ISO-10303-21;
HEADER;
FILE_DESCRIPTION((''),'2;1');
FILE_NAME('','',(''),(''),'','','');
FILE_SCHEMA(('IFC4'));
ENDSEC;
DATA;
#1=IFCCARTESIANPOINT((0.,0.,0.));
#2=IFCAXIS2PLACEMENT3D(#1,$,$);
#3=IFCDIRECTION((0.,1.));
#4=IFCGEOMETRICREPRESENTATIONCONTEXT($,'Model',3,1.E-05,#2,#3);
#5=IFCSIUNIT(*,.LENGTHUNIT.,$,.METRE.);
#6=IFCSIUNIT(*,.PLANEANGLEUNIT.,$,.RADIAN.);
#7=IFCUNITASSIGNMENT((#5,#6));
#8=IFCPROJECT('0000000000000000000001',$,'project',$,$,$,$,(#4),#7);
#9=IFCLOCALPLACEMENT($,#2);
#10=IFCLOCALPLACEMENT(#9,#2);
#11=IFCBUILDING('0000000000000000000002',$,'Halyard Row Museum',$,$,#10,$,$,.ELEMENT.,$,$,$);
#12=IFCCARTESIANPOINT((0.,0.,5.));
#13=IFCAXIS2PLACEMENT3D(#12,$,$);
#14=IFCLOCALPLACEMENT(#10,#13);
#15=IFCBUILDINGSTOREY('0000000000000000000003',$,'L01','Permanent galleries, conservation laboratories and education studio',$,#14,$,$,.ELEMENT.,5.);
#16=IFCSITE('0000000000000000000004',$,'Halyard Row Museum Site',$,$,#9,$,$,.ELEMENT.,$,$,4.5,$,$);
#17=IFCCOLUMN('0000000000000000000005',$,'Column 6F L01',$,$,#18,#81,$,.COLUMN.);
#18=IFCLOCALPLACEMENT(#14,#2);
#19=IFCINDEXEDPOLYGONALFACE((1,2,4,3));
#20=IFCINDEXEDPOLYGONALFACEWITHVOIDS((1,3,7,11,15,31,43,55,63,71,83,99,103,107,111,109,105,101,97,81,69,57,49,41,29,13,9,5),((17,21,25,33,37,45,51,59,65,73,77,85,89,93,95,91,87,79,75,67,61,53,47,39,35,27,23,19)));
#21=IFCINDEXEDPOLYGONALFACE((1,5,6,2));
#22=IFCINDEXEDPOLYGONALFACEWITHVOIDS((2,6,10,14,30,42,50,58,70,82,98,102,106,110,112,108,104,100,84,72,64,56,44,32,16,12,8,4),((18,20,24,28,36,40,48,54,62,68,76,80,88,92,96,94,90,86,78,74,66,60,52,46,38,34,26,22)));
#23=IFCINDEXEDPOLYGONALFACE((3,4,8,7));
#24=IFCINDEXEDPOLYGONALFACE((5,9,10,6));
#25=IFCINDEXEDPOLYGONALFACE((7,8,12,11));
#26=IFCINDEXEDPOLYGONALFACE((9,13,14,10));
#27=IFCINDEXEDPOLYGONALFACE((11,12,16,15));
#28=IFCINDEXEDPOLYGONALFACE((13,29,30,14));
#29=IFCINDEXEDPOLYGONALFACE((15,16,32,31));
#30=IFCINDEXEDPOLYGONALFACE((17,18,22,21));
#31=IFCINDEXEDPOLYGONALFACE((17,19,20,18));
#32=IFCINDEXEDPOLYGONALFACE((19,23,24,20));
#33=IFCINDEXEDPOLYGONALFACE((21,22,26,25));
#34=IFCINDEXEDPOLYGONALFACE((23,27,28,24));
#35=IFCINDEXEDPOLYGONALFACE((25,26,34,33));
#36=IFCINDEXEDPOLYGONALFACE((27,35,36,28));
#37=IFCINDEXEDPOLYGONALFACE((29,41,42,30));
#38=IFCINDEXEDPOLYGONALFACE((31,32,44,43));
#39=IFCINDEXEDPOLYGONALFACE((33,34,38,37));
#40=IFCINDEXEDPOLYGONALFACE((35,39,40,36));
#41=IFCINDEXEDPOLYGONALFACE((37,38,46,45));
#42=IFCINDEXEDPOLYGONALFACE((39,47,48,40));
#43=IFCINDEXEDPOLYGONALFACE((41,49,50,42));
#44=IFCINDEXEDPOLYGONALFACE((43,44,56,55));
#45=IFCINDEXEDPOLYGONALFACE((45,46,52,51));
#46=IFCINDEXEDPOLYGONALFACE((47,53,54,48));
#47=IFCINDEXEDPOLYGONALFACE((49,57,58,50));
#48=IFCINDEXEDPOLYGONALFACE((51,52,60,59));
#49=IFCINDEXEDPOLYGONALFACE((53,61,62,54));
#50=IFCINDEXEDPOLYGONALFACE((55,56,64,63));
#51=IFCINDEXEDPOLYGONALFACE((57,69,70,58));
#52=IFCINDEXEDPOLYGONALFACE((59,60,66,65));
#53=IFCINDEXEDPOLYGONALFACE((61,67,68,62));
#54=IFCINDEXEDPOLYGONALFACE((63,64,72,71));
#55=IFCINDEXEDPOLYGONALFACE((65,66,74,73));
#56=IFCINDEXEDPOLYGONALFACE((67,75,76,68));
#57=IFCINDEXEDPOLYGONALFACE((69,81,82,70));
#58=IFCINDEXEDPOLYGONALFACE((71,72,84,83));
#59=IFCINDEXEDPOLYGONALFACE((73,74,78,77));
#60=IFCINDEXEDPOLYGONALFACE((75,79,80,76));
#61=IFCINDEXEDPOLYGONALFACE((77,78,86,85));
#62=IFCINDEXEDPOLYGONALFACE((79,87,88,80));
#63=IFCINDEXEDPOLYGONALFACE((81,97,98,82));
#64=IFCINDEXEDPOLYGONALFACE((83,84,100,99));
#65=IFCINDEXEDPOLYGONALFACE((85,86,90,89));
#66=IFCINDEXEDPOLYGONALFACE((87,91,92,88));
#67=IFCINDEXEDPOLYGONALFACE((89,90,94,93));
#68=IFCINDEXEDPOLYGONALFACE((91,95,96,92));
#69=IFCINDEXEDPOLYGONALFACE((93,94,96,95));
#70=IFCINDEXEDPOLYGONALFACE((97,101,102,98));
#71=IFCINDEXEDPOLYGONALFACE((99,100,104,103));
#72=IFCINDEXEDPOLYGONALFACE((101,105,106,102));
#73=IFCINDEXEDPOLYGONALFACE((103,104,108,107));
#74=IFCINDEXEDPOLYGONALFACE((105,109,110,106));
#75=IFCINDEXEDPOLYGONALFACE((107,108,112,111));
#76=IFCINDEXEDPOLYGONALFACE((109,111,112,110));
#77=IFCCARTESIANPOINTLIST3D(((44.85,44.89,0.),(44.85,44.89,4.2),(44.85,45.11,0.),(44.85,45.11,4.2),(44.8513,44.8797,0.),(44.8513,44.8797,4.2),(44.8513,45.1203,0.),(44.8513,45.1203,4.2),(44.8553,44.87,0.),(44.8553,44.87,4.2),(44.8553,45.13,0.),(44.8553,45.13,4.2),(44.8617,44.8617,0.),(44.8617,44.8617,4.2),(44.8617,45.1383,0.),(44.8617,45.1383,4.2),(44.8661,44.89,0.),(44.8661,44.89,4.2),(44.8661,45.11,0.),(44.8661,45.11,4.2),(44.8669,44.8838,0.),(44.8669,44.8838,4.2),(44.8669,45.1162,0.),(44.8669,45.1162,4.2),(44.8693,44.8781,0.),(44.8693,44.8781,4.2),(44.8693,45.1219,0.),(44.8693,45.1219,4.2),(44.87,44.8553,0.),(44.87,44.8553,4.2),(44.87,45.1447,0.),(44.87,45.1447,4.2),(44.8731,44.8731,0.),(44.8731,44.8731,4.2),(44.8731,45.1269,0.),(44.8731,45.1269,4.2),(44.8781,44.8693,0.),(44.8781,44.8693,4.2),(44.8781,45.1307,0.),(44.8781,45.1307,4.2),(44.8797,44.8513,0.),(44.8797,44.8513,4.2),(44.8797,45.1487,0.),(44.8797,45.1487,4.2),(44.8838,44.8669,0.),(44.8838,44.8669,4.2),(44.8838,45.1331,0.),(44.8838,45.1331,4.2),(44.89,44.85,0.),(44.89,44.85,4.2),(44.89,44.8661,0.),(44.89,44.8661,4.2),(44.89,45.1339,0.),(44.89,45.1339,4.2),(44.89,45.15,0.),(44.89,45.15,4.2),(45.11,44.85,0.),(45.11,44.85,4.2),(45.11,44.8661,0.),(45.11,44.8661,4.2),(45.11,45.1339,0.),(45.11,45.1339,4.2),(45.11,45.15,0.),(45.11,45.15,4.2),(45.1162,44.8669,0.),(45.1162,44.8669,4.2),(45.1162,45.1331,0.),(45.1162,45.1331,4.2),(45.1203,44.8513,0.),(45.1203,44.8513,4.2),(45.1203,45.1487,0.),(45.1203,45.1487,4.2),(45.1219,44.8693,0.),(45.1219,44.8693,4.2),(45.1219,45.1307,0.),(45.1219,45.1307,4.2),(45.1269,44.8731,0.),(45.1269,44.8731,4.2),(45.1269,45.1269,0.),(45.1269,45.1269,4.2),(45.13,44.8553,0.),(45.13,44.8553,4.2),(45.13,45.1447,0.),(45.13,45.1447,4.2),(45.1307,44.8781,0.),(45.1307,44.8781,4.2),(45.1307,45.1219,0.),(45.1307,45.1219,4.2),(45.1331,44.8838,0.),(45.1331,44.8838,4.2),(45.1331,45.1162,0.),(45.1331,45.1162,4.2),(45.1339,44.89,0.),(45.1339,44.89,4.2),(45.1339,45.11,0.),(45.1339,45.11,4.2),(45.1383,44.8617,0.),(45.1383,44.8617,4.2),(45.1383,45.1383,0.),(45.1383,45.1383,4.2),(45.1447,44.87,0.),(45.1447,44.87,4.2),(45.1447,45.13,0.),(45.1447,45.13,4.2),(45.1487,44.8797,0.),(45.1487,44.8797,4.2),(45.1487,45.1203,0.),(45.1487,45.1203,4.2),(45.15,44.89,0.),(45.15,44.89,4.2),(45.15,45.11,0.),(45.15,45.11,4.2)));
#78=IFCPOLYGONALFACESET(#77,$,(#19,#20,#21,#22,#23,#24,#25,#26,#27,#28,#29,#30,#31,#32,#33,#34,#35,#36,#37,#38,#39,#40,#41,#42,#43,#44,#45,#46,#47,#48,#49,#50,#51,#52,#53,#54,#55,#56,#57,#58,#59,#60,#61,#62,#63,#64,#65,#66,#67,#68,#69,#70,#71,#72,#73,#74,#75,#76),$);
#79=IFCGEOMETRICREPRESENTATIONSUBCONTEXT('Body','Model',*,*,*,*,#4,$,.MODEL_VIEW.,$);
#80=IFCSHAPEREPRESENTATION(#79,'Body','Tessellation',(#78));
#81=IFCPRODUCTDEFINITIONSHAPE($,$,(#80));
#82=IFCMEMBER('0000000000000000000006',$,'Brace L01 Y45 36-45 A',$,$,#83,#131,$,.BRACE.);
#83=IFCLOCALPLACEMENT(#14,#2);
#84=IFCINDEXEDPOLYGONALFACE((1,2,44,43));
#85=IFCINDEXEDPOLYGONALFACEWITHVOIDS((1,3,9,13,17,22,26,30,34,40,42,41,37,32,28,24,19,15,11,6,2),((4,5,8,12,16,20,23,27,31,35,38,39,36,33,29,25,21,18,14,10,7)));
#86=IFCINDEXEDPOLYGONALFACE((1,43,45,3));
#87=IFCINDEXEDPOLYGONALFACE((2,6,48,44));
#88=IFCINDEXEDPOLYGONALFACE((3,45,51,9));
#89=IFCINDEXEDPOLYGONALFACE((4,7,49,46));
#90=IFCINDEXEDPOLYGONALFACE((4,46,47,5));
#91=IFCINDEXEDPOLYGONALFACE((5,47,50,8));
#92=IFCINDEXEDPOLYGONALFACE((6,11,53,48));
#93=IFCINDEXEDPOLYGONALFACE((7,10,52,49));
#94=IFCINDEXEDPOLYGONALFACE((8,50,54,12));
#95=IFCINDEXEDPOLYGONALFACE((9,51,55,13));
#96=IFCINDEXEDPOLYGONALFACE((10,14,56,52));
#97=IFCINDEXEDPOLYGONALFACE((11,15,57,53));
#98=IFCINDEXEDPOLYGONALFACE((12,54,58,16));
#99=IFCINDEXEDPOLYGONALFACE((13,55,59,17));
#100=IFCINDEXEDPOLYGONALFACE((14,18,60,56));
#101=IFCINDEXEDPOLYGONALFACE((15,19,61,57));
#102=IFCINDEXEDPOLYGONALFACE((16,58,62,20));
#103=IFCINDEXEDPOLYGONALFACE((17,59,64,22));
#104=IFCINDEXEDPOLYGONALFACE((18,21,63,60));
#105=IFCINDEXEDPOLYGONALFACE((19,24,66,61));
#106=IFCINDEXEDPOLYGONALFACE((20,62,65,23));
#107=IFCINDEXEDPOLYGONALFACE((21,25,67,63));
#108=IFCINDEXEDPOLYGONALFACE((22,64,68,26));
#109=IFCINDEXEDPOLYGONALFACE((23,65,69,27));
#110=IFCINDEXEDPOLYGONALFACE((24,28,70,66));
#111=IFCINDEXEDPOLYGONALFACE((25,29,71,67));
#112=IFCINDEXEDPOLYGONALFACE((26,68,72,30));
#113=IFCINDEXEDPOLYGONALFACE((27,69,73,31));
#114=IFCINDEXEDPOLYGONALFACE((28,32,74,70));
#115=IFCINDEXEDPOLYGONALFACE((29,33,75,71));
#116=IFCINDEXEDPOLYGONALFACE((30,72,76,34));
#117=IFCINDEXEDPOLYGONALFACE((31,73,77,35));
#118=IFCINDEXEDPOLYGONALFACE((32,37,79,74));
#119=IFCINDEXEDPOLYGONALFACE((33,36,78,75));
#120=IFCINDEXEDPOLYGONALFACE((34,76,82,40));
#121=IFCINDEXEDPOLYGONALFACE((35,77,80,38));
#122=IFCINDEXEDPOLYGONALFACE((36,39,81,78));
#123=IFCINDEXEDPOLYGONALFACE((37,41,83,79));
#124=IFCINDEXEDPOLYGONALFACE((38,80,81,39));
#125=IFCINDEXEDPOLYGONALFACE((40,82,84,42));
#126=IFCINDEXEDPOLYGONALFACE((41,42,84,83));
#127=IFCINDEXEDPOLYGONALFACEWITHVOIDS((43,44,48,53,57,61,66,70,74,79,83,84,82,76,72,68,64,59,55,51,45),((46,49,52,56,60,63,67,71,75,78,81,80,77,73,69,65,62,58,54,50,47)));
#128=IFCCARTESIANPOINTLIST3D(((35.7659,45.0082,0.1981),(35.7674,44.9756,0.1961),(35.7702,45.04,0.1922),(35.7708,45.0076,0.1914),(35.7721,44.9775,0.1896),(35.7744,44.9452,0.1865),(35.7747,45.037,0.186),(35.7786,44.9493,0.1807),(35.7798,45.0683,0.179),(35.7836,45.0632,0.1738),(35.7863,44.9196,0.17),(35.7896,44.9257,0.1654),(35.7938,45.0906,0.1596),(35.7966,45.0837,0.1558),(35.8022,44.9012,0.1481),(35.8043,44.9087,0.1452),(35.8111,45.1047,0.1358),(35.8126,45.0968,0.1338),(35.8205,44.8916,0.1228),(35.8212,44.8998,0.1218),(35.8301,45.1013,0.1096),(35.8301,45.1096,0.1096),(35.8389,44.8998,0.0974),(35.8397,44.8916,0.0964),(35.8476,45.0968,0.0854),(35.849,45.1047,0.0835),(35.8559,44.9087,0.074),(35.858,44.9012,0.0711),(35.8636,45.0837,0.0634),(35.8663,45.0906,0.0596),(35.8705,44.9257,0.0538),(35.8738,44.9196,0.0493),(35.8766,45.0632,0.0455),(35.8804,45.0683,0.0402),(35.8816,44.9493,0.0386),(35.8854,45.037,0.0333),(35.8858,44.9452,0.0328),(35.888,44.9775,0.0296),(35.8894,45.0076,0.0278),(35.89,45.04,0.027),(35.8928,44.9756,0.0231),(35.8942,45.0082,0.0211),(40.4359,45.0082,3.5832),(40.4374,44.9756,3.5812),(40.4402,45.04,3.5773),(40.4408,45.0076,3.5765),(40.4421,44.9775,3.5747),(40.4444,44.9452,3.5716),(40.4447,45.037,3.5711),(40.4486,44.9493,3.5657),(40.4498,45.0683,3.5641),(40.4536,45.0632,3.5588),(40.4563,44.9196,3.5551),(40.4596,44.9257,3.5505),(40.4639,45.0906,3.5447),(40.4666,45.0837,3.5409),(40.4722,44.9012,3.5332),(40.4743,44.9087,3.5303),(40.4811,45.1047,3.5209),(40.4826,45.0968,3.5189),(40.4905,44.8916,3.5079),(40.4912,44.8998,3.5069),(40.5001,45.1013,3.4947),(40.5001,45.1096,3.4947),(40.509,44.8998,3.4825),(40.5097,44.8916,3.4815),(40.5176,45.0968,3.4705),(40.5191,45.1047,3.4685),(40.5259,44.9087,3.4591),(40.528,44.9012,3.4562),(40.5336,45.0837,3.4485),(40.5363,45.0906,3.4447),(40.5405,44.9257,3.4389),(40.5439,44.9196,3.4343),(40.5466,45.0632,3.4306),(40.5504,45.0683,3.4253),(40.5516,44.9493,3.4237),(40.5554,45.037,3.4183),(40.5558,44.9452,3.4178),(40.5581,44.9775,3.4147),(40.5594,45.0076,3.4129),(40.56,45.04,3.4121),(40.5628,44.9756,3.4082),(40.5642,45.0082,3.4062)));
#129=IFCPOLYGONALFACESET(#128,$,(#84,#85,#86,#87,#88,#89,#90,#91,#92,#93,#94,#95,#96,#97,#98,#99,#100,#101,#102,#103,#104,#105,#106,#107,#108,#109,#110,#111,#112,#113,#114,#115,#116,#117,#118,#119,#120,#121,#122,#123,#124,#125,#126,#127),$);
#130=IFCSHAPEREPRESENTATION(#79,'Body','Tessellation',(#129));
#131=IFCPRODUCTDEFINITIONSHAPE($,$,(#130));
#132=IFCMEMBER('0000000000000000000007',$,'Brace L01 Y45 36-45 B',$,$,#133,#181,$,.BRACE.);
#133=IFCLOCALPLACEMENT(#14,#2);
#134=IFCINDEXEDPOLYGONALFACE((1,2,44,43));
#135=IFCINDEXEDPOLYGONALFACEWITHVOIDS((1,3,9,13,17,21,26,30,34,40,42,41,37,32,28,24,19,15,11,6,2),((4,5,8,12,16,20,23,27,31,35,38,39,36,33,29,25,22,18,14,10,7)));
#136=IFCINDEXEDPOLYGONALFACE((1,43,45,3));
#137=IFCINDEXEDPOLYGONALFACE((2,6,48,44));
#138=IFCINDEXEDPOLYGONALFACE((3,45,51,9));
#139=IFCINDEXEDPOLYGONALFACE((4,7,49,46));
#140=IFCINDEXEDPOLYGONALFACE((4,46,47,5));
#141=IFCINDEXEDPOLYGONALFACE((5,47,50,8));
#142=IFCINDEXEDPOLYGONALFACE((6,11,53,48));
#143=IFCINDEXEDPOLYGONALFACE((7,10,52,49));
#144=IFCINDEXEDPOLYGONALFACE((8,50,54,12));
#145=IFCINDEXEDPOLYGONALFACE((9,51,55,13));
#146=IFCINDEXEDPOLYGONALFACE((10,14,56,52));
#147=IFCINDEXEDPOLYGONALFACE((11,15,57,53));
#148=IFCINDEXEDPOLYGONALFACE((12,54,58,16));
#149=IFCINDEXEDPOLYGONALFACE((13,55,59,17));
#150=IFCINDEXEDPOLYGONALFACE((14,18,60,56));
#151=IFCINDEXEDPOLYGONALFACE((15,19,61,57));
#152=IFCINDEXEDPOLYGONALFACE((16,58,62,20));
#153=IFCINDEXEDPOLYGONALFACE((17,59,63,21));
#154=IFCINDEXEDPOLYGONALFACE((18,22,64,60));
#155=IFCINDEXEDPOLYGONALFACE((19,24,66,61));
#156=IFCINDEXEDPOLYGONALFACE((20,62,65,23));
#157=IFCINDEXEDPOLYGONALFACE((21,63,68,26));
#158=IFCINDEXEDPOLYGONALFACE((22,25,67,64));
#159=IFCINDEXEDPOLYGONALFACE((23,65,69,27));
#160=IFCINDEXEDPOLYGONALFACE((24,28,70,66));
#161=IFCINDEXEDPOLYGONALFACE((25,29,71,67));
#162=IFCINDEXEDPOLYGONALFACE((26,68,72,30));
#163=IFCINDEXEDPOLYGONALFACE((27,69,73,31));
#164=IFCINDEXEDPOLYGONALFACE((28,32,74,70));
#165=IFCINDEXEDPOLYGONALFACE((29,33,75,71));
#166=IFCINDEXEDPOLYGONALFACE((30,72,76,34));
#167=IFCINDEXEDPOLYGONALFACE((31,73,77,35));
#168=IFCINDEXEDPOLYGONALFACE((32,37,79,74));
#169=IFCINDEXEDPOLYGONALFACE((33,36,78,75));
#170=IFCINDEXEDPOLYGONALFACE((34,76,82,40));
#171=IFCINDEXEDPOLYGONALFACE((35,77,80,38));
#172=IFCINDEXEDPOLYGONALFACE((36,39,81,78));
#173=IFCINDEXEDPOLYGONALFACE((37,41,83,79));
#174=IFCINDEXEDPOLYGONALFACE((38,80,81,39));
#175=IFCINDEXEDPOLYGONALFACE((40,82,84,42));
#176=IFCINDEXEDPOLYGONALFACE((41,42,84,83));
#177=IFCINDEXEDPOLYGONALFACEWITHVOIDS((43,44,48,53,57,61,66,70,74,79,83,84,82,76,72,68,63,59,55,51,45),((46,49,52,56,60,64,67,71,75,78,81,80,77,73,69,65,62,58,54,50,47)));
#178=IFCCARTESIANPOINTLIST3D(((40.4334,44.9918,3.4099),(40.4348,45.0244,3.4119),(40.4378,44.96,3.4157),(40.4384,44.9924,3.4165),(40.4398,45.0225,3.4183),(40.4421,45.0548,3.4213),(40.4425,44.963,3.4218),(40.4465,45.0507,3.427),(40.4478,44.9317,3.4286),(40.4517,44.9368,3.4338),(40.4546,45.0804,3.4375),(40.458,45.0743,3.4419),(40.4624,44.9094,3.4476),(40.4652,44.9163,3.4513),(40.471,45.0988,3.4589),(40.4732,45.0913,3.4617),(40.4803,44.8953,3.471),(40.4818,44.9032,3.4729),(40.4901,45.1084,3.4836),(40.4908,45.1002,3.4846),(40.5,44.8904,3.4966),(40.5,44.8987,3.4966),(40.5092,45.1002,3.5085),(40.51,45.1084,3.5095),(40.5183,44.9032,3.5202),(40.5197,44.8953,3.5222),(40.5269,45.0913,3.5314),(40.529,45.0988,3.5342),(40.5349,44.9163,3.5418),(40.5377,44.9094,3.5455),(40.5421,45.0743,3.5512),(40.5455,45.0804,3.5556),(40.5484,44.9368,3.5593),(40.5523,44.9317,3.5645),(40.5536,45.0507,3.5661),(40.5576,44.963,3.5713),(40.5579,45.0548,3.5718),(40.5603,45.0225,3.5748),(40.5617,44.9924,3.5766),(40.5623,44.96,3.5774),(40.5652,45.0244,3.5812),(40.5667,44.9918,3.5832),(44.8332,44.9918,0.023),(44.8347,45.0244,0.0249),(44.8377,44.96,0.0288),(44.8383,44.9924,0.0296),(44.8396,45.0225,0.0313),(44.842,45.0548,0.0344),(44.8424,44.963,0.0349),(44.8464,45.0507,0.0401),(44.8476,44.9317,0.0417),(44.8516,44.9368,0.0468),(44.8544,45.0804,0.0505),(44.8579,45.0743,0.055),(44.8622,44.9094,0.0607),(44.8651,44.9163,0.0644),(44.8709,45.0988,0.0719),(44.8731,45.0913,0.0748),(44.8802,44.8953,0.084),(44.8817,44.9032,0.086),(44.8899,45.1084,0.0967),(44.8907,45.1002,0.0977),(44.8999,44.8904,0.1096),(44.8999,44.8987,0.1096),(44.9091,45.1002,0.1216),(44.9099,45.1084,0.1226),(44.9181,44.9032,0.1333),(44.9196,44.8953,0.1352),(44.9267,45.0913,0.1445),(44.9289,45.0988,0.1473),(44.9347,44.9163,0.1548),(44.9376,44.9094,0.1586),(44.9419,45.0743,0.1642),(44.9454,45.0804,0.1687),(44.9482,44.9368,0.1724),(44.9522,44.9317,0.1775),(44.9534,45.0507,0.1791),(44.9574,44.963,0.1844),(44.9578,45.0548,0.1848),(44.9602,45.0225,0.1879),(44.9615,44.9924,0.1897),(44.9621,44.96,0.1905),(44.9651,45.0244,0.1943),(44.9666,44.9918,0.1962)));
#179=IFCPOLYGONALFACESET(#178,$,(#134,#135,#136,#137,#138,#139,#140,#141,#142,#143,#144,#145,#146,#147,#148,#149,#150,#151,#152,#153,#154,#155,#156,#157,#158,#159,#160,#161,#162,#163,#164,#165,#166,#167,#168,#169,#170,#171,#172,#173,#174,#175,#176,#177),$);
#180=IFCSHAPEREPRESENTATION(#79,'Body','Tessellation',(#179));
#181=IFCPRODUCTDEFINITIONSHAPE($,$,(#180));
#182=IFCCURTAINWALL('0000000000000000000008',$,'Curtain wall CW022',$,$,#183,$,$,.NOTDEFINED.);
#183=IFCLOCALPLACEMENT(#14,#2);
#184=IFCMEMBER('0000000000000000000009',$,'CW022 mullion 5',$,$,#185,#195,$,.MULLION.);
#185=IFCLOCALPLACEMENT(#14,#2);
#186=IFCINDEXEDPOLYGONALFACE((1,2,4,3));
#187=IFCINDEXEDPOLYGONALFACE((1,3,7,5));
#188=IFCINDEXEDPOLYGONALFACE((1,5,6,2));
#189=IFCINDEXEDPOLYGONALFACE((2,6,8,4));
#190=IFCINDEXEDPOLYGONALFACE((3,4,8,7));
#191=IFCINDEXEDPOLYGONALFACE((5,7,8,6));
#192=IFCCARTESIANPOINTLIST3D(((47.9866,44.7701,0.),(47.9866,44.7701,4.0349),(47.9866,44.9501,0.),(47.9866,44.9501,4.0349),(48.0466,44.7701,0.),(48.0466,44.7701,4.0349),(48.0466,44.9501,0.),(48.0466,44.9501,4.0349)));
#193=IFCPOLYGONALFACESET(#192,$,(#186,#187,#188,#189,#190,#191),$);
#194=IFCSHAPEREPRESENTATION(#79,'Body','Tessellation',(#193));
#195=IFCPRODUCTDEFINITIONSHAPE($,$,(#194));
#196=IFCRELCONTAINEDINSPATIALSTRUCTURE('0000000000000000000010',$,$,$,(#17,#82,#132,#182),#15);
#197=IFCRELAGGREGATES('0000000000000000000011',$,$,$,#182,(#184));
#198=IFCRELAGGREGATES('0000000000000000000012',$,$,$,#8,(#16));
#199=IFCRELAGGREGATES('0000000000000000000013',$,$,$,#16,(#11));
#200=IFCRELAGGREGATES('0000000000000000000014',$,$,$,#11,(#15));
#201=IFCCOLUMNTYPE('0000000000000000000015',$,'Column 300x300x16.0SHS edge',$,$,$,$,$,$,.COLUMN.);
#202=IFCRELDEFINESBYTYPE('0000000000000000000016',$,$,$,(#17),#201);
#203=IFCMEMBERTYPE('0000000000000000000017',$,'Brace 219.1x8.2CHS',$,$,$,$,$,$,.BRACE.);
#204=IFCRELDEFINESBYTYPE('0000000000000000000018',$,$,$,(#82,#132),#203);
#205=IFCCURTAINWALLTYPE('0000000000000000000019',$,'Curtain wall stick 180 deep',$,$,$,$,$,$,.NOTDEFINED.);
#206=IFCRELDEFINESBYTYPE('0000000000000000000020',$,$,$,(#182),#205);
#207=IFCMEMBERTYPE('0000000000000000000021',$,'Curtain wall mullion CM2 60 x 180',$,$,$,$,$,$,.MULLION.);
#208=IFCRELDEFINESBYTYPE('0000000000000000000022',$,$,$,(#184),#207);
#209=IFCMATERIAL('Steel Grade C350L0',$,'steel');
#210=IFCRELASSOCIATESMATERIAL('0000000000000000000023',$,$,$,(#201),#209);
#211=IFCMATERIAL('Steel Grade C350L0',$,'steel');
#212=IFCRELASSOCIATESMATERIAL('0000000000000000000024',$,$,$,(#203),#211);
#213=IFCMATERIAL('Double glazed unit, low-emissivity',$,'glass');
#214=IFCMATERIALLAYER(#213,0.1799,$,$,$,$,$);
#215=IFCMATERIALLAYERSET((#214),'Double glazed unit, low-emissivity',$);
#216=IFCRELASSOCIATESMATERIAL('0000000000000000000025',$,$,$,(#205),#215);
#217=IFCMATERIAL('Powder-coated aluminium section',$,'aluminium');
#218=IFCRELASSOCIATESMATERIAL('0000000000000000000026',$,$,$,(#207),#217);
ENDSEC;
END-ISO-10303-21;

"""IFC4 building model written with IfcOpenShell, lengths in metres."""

from ifc_helpers import new_model, si_unit, direction, frame, origin, origin_2d, place, context, subcontext, project, spatial, rectangle, hollow_rectangle, hollow_circle, extrude, material, layer, layer_set, material_profile, profile_set, type_object, element, aggregate, save


model = new_model("IFC4")

# Units and contexts
model_context = context("Model", 3, precision=1e-05, world=origin(), true_north=direction((0.0, 1.0)))
body_context = subcontext(model_context, "Body", "Model", "MODEL_VIEW")
ifc_project = project(units=[si_unit("LENGTHUNIT", "METRE"), si_unit("PLANEANGLEUNIT", "RADIAN")], contexts=[model_context])

# Site, building, storey
site_placement = place(None, origin())
site = spatial("IfcSite", under=ifc_project, at=site_placement, Name="Halyard Row Museum Site", CompositionType="ELEMENT", RefElevation=4.5)
building_placement = place(site_placement, origin())
building = spatial("IfcBuilding", under=site, at=building_placement, Name="Halyard Row Museum", CompositionType="ELEMENT")
storey_placement = place(building_placement, frame((0.0, 0.0, 5.0)))
storey = spatial("IfcBuildingStorey", under=building, at=storey_placement, Name="L01", Description="Permanent galleries, conservation laboratories and education studio", CompositionType="ELEMENT", Elevation=5.0)

# Column
ifc_material_1 = material(Name="Steel Grade C350L0", Category="steel")
ifc_material_profile_1 = material_profile(ifc_material_1, hollow_rectangle(XDim=0.3, YDim=0.3, WallThickness=0.0161, InnerFilletRadius=0.0239, OuterFilletRadius=0.04, at=origin_2d()), Name="300x300x16.0SHS")
ifc_profile_set_1 = profile_set([ifc_material_profile_1], Name="Steel Grade C350L0")
column_type = type_object("IfcColumnType", Name="Column 300x300x16.0SHS edge", PredefinedType="COLUMN", material=ifc_profile_set_1)
column_placement = place(storey_placement, frame((45.0, 45.0, 0.0), z_axis=(0.0, 0.0, 1.0), x_axis=(1.0, 0.0, 0.0)))
element("IfcColumn", 1, at=column_placement, inside=storey, type_object=column_type, Name="Column 6F L01", PredefinedType="COLUMN", context=body_context, shape_type="SweptSolid", body=[
    extrude(hollow_rectangle(XDim=0.3, YDim=0.3, WallThickness=0.0161, InnerFilletRadius=0.0239, OuterFilletRadius=0.04, at=origin_2d()), origin(), (0.0, 0.0, 1.0), 4.2),
])

# Members
ifc_material_2 = material(Name="Steel Grade C350L0", Category="steel")
ifc_material_profile_2 = material_profile(ifc_material_2, hollow_circle(Radius=0.1096, WallThickness=0.0083, at=origin_2d()), Name="219.1x8.2CHS")
ifc_profile_set_2 = profile_set([ifc_material_profile_2], Name="Steel Grade C350L0")
member_type_1 = type_object("IfcMemberType", Name="Brace 219.1x8.2CHS", PredefinedType="BRACE", material=ifc_profile_set_2)
member_1_placement = place(storey_placement, frame((35.8301, 45.0, 0.1096), z_axis=(0.809667, 0.0, 0.58689), x_axis=(0.0, 1.0, 0.0)))
element("IfcMember", 2, at=member_1_placement, inside=storey, type_object=member_type_1, Name="Brace L01 Y45 36-45 A", PredefinedType="BRACE", context=body_context, shape_type="SweptSolid", body=[
    extrude(hollow_circle(Radius=0.1096, WallThickness=0.0083, at=origin_2d()), origin(), (0.0, 0.0, 1.0), 5.7678),
])
member_2_placement = place(storey_placement, frame((44.8999, 45.0, 0.1096), z_axis=(-0.792413, 0.0, 0.609985), x_axis=(0.0, -1.0, 0.0)))
element("IfcMember", 3, at=member_2_placement, inside=storey, type_object=member_type_1, Name="Brace L01 Y45 36-45 B", PredefinedType="BRACE", context=body_context, shape_type="SweptSolid", body=[
    extrude(hollow_circle(Radius=0.1096, WallThickness=0.0083, at=origin_2d()), origin(), (0.0, 0.0, 1.0), 5.5525),
])

# Curtain wall, member
ifc_material_3 = material(Name="Double glazed unit, low-emissivity", Category="glass")
ifc_layer_1 = layer(ifc_material_3, 0.1799)
ifc_layer_set_1 = layer_set([ifc_layer_1], Name="Double glazed unit, low-emissivity")
curtain_wall_type = type_object("IfcCurtainWallType", Name="Curtain wall stick 180 deep", PredefinedType="NOTDEFINED", material=ifc_layer_set_1)
curtain_wall_placement = place(storey_placement, origin())
curtain_wall = element("IfcCurtainWall", 4, at=curtain_wall_placement, inside=storey, type_object=curtain_wall_type, Name="Curtain wall CW022", PredefinedType="NOTDEFINED")
ifc_material_4 = material(Name="Powder-coated aluminium section", Category="aluminium")
ifc_material_profile_3 = material_profile(ifc_material_4, rectangle(XDim=0.1799, YDim=0.0601, at=origin_2d()), Name="180x60 mullion")
ifc_profile_set_3 = profile_set([ifc_material_profile_3], Name="Powder-coated aluminium section")
member_type_2 = type_object("IfcMemberType", Name="Curtain wall mullion CM2 60 x 180", PredefinedType="MULLION", material=ifc_profile_set_3)
member_3_placement = place(storey_placement, frame((48.0166, 44.8601, 0.0), z_axis=(0.0, 0.0, 1.0), x_axis=(0.0, -1.0, 0.0)))
member_3 = element("IfcMember", 5, at=member_3_placement, type_object=member_type_2, Name="CW022 mullion 5", PredefinedType="MULLION", context=body_context, shape_type="SweptSolid", body=[
    extrude(rectangle(XDim=0.1799, YDim=0.0601, at=origin_2d()), origin(), (0.0, 0.0, 1.0), 4.0349),
])

aggregate(curtain_wall, [member_3])

save(model, "model.ifc")
